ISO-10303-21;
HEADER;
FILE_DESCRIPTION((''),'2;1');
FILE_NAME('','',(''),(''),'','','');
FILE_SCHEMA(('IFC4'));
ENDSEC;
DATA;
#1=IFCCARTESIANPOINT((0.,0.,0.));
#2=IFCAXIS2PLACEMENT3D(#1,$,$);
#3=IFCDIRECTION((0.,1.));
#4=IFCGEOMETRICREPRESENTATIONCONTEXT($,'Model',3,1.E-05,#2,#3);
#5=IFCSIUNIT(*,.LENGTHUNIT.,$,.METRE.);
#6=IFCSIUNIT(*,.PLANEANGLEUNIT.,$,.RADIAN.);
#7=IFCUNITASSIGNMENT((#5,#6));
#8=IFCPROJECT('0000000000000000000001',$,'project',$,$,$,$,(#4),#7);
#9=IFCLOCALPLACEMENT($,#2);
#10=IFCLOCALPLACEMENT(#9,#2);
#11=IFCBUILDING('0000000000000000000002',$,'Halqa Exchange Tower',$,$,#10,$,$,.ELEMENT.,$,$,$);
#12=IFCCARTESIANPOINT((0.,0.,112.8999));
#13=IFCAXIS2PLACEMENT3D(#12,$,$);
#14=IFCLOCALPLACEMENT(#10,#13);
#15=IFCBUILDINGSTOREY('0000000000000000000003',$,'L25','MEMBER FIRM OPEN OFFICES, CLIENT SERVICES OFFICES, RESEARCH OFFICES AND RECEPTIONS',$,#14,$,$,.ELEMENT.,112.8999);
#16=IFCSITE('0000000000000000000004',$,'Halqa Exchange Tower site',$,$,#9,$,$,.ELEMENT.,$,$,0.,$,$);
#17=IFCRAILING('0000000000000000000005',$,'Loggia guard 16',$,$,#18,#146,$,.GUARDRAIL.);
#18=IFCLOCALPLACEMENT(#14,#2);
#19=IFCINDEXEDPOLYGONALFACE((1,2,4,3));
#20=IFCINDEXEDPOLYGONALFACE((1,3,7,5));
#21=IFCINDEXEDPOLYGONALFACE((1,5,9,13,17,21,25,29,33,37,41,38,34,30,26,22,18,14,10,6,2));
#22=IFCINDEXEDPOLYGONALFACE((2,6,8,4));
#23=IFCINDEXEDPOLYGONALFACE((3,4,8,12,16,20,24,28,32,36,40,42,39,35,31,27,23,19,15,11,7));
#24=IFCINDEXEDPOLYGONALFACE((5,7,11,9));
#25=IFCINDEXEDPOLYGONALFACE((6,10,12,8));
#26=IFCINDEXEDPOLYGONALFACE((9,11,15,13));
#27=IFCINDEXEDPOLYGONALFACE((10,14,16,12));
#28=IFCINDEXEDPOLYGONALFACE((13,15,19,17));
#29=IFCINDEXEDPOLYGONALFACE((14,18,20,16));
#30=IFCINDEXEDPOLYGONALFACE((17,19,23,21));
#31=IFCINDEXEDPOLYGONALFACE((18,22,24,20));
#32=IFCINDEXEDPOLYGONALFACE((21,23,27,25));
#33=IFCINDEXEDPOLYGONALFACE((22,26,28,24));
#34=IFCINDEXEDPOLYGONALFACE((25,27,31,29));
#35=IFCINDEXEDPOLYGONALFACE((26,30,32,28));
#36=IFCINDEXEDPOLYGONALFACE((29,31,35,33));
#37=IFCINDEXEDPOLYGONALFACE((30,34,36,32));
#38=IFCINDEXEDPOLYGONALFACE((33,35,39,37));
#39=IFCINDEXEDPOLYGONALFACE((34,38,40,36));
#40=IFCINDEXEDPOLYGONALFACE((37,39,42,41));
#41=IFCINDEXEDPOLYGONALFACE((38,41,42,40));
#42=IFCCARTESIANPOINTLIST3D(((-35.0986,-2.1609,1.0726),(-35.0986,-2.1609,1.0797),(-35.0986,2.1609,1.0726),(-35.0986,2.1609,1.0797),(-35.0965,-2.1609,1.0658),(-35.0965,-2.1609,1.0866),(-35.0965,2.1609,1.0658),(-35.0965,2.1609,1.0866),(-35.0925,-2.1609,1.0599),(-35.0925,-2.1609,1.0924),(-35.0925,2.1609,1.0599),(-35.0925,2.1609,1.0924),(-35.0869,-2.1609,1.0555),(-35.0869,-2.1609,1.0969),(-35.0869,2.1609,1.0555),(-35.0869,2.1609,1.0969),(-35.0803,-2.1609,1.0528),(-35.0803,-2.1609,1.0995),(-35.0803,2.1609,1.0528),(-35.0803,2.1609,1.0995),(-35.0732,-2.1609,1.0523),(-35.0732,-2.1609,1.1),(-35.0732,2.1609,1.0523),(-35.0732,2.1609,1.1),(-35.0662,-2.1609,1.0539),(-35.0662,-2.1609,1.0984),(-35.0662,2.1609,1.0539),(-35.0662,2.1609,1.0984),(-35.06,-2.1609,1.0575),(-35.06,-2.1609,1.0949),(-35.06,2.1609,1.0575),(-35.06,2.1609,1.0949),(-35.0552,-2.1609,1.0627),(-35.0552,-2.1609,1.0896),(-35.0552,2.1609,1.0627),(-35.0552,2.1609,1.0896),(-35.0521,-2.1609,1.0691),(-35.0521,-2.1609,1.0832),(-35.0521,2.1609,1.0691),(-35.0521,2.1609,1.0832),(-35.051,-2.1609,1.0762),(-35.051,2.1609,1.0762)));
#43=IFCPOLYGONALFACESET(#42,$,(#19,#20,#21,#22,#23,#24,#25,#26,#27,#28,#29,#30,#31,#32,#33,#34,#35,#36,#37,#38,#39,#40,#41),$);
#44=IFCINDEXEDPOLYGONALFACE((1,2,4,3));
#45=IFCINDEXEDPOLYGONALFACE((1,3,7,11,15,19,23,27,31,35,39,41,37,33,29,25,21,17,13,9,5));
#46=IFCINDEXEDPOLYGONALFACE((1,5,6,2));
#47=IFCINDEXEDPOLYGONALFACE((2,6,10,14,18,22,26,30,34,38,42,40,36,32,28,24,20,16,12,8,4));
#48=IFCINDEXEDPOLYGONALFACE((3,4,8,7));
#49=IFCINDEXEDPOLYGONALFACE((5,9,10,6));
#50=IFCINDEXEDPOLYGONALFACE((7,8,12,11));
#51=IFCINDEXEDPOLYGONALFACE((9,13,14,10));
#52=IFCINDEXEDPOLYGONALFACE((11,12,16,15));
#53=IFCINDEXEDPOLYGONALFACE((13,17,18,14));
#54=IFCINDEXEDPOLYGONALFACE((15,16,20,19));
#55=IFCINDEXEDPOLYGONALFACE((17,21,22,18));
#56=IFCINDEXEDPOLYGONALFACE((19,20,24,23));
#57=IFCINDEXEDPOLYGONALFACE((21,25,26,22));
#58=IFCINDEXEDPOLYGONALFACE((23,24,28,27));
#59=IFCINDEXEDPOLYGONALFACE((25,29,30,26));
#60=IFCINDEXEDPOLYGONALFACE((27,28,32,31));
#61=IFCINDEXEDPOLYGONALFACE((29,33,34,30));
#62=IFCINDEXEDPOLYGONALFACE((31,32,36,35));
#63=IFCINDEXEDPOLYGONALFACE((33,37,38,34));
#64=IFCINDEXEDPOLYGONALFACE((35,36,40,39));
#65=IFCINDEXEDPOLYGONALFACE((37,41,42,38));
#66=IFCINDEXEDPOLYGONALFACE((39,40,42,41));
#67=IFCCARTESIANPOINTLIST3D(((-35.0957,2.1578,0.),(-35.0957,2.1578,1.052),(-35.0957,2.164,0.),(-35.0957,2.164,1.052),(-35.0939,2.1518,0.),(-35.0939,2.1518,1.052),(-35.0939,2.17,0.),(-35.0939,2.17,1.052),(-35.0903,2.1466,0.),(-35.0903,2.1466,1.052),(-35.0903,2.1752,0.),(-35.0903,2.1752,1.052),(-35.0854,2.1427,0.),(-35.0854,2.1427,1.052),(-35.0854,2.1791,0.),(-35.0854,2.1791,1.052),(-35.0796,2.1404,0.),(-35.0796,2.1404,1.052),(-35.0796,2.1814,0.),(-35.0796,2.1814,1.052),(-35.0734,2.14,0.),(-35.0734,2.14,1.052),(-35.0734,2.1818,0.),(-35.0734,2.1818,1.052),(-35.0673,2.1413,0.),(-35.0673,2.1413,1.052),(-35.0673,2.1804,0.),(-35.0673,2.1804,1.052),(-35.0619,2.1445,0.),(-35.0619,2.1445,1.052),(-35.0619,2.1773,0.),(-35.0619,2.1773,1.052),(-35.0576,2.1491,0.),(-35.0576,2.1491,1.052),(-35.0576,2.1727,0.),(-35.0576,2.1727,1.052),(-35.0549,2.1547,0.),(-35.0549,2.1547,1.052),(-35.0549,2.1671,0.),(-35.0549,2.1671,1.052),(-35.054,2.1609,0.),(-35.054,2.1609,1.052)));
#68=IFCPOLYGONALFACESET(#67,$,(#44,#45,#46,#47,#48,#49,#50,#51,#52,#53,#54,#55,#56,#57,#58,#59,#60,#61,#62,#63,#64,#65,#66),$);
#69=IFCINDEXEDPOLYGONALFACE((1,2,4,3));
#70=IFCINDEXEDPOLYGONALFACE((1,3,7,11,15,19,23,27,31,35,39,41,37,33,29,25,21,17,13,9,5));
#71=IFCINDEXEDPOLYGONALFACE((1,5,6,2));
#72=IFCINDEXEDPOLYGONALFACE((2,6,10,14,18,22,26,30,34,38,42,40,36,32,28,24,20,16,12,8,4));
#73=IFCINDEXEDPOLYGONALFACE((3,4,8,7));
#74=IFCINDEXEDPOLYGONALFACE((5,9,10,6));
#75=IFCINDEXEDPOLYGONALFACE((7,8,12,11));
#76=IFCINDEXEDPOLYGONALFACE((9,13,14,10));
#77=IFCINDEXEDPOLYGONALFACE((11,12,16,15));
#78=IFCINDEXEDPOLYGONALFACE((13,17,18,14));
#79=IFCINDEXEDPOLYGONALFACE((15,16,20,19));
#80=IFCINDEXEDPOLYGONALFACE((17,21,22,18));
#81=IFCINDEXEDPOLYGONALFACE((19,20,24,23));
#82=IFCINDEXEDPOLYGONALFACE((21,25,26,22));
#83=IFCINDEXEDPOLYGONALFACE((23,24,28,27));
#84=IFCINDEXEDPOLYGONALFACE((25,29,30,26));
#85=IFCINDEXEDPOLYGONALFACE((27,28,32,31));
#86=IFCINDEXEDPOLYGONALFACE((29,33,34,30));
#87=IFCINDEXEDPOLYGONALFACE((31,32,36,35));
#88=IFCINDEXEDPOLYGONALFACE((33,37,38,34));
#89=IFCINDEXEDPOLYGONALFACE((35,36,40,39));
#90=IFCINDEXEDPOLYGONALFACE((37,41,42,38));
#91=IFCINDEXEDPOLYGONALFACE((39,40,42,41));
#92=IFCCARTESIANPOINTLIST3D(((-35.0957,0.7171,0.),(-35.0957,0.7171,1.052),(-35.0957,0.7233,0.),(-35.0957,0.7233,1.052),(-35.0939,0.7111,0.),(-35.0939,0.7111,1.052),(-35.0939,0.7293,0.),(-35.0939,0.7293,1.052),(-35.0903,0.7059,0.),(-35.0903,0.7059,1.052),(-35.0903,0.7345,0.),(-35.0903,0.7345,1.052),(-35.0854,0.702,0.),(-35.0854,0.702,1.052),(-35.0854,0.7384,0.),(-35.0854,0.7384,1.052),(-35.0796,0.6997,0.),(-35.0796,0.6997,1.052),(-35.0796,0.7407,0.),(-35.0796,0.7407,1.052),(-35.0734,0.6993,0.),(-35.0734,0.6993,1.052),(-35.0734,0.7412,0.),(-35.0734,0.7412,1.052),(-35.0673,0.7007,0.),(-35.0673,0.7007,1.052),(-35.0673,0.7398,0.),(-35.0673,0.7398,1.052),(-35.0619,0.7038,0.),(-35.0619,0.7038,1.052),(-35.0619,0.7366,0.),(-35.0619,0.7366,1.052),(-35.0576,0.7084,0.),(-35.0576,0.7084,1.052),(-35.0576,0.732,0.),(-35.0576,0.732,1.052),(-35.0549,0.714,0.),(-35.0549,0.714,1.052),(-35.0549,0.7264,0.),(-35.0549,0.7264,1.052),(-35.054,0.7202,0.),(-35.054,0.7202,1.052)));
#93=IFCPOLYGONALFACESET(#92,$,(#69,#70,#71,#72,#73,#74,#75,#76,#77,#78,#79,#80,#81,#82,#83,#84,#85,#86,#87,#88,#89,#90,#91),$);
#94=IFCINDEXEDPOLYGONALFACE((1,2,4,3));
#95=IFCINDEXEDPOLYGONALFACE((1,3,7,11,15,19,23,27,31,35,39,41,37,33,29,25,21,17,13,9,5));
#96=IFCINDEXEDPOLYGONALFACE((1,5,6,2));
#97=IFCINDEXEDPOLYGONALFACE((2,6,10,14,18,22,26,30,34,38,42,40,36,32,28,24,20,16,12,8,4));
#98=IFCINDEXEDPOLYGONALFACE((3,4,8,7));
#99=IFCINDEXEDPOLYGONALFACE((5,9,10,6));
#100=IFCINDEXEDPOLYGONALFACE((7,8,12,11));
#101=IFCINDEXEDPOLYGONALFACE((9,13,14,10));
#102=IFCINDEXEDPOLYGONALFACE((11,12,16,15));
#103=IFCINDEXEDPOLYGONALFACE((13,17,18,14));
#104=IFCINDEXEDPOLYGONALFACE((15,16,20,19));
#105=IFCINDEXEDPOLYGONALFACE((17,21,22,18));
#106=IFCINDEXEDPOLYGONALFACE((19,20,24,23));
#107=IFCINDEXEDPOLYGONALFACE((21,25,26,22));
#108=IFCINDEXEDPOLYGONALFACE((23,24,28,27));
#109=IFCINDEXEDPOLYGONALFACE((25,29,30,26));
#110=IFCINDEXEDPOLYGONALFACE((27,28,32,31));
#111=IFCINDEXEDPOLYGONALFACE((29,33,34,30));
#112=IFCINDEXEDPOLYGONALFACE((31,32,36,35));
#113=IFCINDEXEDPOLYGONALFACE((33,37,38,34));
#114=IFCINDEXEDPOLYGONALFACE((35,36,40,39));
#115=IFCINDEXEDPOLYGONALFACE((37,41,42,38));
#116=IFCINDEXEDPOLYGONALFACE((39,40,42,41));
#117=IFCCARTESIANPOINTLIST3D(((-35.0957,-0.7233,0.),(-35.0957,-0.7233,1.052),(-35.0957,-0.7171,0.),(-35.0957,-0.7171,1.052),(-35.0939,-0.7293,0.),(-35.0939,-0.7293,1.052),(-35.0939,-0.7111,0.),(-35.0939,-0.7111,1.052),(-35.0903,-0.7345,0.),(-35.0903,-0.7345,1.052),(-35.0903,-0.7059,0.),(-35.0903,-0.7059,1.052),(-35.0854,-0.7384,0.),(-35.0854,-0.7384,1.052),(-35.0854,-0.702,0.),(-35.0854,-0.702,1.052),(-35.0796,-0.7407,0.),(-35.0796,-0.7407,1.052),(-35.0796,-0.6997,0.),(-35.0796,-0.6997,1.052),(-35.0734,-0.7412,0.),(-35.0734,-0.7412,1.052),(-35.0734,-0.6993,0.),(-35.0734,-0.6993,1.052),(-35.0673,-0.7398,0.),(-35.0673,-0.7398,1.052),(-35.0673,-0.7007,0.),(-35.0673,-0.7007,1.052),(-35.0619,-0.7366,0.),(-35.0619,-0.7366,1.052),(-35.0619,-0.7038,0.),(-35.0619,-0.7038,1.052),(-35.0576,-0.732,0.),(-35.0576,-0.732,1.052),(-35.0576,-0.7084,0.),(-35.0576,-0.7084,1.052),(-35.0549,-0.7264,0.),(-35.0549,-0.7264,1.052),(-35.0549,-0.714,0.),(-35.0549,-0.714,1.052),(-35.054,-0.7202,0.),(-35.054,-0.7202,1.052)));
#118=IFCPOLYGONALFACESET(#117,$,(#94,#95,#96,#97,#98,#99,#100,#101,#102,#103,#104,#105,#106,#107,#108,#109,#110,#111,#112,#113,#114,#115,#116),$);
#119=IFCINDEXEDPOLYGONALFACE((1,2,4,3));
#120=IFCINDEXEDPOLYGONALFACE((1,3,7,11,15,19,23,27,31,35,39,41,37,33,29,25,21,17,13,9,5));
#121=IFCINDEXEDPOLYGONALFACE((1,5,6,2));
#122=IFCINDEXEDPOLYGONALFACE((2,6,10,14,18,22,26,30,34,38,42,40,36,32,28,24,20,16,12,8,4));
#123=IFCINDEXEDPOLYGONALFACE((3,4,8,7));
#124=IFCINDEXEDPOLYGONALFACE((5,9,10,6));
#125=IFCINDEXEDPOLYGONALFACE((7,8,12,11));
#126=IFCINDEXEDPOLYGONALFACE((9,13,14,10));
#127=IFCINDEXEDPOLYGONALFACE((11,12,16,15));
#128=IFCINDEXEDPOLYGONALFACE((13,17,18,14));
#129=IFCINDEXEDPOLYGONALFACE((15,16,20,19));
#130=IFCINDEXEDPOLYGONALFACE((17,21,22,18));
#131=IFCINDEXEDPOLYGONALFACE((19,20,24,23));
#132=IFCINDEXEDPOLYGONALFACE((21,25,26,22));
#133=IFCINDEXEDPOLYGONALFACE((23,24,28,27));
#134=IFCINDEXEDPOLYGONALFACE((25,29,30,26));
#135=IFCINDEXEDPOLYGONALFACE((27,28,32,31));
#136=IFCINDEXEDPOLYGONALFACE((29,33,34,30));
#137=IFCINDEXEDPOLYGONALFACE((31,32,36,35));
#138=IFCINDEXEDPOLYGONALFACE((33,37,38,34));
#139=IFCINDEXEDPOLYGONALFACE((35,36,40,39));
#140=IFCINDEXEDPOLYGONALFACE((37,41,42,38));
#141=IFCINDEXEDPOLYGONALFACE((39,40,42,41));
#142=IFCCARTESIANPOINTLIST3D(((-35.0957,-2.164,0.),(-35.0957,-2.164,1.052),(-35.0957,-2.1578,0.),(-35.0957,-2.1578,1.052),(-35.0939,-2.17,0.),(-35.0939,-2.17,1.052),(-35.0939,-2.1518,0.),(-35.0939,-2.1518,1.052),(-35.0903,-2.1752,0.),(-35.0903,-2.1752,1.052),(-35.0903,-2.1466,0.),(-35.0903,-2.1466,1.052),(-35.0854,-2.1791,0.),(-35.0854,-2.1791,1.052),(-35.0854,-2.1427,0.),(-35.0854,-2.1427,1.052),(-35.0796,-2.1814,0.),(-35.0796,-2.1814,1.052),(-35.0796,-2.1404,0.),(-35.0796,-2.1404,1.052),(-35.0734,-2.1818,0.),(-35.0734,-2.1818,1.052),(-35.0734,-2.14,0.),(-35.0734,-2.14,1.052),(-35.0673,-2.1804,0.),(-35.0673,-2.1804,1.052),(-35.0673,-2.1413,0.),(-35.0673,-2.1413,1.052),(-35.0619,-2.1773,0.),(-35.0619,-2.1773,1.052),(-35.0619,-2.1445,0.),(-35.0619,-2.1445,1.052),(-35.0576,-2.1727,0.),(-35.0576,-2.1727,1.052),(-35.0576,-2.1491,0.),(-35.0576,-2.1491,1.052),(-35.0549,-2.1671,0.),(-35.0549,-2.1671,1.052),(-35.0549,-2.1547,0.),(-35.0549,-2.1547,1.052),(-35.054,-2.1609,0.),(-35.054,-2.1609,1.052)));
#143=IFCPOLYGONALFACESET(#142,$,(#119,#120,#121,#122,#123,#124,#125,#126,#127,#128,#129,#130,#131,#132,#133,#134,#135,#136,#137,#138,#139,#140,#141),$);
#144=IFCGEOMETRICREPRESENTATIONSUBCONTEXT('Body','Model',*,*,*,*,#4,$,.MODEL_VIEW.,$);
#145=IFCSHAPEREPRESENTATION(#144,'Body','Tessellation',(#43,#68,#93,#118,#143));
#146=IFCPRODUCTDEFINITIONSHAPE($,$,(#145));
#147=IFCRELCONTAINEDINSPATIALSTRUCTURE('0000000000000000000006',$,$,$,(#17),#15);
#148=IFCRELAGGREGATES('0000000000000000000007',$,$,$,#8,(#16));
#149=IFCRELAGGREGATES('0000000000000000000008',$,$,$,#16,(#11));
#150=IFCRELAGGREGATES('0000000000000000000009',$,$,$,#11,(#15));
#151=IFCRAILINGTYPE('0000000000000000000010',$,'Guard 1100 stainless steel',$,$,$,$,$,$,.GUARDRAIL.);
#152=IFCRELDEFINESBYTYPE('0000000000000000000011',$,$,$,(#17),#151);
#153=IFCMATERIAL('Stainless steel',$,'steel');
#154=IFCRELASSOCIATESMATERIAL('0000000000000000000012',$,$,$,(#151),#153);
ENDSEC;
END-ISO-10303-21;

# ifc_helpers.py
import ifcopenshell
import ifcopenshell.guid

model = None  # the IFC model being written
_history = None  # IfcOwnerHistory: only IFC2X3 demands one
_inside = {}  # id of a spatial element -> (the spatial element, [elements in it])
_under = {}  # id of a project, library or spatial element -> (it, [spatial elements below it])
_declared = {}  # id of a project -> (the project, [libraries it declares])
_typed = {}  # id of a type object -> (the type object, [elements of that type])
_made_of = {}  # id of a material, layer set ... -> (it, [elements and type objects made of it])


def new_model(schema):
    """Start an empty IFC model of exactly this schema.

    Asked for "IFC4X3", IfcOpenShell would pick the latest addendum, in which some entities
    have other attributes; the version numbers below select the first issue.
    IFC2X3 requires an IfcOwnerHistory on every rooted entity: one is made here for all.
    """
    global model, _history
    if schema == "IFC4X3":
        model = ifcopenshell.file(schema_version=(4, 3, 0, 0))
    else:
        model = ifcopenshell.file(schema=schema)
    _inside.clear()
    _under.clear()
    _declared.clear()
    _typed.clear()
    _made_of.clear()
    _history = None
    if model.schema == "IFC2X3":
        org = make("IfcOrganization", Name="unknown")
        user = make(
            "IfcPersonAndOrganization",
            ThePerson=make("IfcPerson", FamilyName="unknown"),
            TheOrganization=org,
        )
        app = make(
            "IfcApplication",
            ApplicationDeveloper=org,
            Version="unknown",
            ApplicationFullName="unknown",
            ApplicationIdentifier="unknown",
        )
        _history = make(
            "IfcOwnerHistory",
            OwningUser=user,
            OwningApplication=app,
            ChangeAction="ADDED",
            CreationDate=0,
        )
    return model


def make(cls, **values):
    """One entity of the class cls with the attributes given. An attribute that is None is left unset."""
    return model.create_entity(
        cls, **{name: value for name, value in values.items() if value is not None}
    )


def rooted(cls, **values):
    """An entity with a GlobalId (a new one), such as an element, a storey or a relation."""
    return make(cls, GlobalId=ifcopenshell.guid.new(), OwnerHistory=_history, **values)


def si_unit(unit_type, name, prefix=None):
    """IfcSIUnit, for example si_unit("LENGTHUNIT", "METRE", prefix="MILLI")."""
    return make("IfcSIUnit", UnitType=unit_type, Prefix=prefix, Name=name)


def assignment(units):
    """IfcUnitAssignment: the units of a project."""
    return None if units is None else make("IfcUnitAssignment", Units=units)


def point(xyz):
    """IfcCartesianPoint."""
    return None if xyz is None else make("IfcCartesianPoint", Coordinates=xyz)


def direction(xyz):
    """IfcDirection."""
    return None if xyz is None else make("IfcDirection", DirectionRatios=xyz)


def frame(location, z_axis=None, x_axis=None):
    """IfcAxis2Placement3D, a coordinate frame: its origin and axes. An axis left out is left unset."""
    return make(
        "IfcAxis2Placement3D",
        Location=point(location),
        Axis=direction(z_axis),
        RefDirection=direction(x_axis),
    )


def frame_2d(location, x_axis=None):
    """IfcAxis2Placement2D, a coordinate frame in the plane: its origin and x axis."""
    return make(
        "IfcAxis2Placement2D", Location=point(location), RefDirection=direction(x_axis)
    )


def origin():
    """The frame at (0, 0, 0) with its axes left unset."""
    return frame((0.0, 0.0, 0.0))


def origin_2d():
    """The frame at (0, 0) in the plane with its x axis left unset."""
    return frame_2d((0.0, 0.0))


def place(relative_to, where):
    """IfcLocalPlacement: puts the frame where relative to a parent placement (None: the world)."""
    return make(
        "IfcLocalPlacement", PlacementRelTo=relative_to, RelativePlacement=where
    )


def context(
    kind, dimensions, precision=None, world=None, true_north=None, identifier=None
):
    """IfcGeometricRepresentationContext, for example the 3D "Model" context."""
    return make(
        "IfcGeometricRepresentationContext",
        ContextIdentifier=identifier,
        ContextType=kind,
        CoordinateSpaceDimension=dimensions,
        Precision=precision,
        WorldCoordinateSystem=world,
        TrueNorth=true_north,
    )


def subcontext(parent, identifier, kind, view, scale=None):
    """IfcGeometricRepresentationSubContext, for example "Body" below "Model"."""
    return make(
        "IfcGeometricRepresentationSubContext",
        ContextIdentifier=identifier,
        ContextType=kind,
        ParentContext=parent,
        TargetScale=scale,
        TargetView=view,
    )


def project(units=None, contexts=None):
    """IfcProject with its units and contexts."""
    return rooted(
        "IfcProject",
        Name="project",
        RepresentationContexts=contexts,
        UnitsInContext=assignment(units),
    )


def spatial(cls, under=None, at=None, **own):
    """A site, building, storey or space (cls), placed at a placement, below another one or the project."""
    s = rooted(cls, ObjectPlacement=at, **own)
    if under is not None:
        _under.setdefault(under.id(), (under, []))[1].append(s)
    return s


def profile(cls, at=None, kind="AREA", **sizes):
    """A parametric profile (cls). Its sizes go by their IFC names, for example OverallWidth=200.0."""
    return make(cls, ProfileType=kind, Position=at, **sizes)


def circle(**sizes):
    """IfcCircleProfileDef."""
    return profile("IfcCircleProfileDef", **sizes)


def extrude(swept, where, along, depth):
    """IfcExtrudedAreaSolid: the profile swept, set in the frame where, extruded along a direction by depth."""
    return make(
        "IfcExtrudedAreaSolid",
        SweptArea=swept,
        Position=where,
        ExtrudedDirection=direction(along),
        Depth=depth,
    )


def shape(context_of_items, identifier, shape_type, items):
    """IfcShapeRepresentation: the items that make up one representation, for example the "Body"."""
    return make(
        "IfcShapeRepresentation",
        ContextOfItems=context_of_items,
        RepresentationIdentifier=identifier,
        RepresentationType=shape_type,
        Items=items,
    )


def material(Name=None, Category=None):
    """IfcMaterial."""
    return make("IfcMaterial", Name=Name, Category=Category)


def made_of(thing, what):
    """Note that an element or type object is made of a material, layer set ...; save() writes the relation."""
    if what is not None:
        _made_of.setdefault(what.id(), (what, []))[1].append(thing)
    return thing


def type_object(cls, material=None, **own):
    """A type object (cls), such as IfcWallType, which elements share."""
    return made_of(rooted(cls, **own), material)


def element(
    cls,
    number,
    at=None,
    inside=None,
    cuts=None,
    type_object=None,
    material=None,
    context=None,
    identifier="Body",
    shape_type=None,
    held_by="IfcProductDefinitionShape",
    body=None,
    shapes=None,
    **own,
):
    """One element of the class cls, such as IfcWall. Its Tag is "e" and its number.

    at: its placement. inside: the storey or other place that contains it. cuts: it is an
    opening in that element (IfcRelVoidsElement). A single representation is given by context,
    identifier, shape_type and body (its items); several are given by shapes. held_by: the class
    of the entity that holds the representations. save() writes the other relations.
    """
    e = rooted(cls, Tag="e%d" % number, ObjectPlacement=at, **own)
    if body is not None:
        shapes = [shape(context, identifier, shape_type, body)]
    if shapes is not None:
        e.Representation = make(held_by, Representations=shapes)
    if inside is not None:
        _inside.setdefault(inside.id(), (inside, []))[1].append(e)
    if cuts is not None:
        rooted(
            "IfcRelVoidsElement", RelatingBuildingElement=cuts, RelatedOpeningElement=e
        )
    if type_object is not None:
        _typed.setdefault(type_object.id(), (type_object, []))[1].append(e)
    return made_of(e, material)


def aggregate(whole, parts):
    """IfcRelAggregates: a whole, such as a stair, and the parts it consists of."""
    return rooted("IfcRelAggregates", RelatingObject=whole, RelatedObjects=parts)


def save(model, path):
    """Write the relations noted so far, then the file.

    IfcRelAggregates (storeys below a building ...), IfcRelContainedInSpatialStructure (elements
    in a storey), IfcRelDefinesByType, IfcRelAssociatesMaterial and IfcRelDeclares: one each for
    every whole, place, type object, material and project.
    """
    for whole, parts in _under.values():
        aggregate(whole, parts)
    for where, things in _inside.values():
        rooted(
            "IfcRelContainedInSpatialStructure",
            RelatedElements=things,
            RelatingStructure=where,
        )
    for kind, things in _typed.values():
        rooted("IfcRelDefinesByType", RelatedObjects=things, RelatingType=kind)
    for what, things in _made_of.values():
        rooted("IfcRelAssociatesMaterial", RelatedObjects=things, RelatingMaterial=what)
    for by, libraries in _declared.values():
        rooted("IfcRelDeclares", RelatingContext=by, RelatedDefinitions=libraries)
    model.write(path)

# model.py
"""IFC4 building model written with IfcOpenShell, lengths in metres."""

from ifc_helpers import new_model, si_unit, direction, frame, origin, origin_2d, place, context, subcontext, project, spatial, circle, extrude, material, type_object, element, save


model = new_model("IFC4")

# Units and contexts
model_context = context("Model", 3, precision=1e-05, world=origin(), true_north=direction((0.0, 1.0)))
body_context = subcontext(model_context, "Body", "Model", "MODEL_VIEW")
ifc_project = project(units=[si_unit("LENGTHUNIT", "METRE"), si_unit("PLANEANGLEUNIT", "RADIAN")], contexts=[model_context])

# Site, building, storey
site_placement = place(None, origin())
site = spatial("IfcSite", under=ifc_project, at=site_placement, Name="Halqa Exchange Tower site", CompositionType="ELEMENT", RefElevation=0.0)
building_placement = place(site_placement, origin())
building = spatial("IfcBuilding", under=site, at=building_placement, Name="Halqa Exchange Tower", CompositionType="ELEMENT")
storey_placement = place(building_placement, frame((0.0, 0.0, 112.8999)))
storey = spatial("IfcBuildingStorey", under=building, at=storey_placement, Name="L25", Description="MEMBER FIRM OPEN OFFICES, CLIENT SERVICES OFFICES, RESEARCH OFFICES AND RECEPTIONS", CompositionType="ELEMENT", Elevation=112.8999)

# Railing
ifc_material_1 = material(Name="Stainless steel", Category="steel")
railing_type = type_object("IfcRailingType", Name="Guard 1100 stainless steel", PredefinedType="GUARDRAIL", material=ifc_material_1)
railing_1_placement = place(storey_placement, frame((-35.075, 2.1609, 0.0)))
element("IfcRailing", 1, at=railing_1_placement, inside=storey, type_object=railing_type, Name="Loggia guard 16", PredefinedType="GUARDRAIL", context=body_context, shape_type="SweptSolid", body=[
    extrude(circle(Radius=0.0239, at=origin_2d()), frame((0.0, 0.0, 1.0762), z_axis=(0.0, -1.0, 0.0), x_axis=(1.0, 0.0, 0.0)), (0.0, 0.0, 1.0), 4.3218),
    extrude(circle(Radius=0.021, at=origin_2d()), origin(), (0.0, 0.0, 1.0), 1.052),
    extrude(circle(Radius=0.021, at=origin_2d()), frame((0.0, -1.4407, 0.0)), (0.0, 0.0, 1.0), 1.052),
    extrude(circle(Radius=0.021, at=origin_2d()), frame((0.0, -2.8811, 0.0)), (0.0, 0.0, 1.0), 1.052),
    extrude(circle(Radius=0.021, at=origin_2d()), frame((0.0, -4.3218, 0.0)), (0.0, 0.0, 1.0), 1.052),
])

save(model, "model.ifc")
